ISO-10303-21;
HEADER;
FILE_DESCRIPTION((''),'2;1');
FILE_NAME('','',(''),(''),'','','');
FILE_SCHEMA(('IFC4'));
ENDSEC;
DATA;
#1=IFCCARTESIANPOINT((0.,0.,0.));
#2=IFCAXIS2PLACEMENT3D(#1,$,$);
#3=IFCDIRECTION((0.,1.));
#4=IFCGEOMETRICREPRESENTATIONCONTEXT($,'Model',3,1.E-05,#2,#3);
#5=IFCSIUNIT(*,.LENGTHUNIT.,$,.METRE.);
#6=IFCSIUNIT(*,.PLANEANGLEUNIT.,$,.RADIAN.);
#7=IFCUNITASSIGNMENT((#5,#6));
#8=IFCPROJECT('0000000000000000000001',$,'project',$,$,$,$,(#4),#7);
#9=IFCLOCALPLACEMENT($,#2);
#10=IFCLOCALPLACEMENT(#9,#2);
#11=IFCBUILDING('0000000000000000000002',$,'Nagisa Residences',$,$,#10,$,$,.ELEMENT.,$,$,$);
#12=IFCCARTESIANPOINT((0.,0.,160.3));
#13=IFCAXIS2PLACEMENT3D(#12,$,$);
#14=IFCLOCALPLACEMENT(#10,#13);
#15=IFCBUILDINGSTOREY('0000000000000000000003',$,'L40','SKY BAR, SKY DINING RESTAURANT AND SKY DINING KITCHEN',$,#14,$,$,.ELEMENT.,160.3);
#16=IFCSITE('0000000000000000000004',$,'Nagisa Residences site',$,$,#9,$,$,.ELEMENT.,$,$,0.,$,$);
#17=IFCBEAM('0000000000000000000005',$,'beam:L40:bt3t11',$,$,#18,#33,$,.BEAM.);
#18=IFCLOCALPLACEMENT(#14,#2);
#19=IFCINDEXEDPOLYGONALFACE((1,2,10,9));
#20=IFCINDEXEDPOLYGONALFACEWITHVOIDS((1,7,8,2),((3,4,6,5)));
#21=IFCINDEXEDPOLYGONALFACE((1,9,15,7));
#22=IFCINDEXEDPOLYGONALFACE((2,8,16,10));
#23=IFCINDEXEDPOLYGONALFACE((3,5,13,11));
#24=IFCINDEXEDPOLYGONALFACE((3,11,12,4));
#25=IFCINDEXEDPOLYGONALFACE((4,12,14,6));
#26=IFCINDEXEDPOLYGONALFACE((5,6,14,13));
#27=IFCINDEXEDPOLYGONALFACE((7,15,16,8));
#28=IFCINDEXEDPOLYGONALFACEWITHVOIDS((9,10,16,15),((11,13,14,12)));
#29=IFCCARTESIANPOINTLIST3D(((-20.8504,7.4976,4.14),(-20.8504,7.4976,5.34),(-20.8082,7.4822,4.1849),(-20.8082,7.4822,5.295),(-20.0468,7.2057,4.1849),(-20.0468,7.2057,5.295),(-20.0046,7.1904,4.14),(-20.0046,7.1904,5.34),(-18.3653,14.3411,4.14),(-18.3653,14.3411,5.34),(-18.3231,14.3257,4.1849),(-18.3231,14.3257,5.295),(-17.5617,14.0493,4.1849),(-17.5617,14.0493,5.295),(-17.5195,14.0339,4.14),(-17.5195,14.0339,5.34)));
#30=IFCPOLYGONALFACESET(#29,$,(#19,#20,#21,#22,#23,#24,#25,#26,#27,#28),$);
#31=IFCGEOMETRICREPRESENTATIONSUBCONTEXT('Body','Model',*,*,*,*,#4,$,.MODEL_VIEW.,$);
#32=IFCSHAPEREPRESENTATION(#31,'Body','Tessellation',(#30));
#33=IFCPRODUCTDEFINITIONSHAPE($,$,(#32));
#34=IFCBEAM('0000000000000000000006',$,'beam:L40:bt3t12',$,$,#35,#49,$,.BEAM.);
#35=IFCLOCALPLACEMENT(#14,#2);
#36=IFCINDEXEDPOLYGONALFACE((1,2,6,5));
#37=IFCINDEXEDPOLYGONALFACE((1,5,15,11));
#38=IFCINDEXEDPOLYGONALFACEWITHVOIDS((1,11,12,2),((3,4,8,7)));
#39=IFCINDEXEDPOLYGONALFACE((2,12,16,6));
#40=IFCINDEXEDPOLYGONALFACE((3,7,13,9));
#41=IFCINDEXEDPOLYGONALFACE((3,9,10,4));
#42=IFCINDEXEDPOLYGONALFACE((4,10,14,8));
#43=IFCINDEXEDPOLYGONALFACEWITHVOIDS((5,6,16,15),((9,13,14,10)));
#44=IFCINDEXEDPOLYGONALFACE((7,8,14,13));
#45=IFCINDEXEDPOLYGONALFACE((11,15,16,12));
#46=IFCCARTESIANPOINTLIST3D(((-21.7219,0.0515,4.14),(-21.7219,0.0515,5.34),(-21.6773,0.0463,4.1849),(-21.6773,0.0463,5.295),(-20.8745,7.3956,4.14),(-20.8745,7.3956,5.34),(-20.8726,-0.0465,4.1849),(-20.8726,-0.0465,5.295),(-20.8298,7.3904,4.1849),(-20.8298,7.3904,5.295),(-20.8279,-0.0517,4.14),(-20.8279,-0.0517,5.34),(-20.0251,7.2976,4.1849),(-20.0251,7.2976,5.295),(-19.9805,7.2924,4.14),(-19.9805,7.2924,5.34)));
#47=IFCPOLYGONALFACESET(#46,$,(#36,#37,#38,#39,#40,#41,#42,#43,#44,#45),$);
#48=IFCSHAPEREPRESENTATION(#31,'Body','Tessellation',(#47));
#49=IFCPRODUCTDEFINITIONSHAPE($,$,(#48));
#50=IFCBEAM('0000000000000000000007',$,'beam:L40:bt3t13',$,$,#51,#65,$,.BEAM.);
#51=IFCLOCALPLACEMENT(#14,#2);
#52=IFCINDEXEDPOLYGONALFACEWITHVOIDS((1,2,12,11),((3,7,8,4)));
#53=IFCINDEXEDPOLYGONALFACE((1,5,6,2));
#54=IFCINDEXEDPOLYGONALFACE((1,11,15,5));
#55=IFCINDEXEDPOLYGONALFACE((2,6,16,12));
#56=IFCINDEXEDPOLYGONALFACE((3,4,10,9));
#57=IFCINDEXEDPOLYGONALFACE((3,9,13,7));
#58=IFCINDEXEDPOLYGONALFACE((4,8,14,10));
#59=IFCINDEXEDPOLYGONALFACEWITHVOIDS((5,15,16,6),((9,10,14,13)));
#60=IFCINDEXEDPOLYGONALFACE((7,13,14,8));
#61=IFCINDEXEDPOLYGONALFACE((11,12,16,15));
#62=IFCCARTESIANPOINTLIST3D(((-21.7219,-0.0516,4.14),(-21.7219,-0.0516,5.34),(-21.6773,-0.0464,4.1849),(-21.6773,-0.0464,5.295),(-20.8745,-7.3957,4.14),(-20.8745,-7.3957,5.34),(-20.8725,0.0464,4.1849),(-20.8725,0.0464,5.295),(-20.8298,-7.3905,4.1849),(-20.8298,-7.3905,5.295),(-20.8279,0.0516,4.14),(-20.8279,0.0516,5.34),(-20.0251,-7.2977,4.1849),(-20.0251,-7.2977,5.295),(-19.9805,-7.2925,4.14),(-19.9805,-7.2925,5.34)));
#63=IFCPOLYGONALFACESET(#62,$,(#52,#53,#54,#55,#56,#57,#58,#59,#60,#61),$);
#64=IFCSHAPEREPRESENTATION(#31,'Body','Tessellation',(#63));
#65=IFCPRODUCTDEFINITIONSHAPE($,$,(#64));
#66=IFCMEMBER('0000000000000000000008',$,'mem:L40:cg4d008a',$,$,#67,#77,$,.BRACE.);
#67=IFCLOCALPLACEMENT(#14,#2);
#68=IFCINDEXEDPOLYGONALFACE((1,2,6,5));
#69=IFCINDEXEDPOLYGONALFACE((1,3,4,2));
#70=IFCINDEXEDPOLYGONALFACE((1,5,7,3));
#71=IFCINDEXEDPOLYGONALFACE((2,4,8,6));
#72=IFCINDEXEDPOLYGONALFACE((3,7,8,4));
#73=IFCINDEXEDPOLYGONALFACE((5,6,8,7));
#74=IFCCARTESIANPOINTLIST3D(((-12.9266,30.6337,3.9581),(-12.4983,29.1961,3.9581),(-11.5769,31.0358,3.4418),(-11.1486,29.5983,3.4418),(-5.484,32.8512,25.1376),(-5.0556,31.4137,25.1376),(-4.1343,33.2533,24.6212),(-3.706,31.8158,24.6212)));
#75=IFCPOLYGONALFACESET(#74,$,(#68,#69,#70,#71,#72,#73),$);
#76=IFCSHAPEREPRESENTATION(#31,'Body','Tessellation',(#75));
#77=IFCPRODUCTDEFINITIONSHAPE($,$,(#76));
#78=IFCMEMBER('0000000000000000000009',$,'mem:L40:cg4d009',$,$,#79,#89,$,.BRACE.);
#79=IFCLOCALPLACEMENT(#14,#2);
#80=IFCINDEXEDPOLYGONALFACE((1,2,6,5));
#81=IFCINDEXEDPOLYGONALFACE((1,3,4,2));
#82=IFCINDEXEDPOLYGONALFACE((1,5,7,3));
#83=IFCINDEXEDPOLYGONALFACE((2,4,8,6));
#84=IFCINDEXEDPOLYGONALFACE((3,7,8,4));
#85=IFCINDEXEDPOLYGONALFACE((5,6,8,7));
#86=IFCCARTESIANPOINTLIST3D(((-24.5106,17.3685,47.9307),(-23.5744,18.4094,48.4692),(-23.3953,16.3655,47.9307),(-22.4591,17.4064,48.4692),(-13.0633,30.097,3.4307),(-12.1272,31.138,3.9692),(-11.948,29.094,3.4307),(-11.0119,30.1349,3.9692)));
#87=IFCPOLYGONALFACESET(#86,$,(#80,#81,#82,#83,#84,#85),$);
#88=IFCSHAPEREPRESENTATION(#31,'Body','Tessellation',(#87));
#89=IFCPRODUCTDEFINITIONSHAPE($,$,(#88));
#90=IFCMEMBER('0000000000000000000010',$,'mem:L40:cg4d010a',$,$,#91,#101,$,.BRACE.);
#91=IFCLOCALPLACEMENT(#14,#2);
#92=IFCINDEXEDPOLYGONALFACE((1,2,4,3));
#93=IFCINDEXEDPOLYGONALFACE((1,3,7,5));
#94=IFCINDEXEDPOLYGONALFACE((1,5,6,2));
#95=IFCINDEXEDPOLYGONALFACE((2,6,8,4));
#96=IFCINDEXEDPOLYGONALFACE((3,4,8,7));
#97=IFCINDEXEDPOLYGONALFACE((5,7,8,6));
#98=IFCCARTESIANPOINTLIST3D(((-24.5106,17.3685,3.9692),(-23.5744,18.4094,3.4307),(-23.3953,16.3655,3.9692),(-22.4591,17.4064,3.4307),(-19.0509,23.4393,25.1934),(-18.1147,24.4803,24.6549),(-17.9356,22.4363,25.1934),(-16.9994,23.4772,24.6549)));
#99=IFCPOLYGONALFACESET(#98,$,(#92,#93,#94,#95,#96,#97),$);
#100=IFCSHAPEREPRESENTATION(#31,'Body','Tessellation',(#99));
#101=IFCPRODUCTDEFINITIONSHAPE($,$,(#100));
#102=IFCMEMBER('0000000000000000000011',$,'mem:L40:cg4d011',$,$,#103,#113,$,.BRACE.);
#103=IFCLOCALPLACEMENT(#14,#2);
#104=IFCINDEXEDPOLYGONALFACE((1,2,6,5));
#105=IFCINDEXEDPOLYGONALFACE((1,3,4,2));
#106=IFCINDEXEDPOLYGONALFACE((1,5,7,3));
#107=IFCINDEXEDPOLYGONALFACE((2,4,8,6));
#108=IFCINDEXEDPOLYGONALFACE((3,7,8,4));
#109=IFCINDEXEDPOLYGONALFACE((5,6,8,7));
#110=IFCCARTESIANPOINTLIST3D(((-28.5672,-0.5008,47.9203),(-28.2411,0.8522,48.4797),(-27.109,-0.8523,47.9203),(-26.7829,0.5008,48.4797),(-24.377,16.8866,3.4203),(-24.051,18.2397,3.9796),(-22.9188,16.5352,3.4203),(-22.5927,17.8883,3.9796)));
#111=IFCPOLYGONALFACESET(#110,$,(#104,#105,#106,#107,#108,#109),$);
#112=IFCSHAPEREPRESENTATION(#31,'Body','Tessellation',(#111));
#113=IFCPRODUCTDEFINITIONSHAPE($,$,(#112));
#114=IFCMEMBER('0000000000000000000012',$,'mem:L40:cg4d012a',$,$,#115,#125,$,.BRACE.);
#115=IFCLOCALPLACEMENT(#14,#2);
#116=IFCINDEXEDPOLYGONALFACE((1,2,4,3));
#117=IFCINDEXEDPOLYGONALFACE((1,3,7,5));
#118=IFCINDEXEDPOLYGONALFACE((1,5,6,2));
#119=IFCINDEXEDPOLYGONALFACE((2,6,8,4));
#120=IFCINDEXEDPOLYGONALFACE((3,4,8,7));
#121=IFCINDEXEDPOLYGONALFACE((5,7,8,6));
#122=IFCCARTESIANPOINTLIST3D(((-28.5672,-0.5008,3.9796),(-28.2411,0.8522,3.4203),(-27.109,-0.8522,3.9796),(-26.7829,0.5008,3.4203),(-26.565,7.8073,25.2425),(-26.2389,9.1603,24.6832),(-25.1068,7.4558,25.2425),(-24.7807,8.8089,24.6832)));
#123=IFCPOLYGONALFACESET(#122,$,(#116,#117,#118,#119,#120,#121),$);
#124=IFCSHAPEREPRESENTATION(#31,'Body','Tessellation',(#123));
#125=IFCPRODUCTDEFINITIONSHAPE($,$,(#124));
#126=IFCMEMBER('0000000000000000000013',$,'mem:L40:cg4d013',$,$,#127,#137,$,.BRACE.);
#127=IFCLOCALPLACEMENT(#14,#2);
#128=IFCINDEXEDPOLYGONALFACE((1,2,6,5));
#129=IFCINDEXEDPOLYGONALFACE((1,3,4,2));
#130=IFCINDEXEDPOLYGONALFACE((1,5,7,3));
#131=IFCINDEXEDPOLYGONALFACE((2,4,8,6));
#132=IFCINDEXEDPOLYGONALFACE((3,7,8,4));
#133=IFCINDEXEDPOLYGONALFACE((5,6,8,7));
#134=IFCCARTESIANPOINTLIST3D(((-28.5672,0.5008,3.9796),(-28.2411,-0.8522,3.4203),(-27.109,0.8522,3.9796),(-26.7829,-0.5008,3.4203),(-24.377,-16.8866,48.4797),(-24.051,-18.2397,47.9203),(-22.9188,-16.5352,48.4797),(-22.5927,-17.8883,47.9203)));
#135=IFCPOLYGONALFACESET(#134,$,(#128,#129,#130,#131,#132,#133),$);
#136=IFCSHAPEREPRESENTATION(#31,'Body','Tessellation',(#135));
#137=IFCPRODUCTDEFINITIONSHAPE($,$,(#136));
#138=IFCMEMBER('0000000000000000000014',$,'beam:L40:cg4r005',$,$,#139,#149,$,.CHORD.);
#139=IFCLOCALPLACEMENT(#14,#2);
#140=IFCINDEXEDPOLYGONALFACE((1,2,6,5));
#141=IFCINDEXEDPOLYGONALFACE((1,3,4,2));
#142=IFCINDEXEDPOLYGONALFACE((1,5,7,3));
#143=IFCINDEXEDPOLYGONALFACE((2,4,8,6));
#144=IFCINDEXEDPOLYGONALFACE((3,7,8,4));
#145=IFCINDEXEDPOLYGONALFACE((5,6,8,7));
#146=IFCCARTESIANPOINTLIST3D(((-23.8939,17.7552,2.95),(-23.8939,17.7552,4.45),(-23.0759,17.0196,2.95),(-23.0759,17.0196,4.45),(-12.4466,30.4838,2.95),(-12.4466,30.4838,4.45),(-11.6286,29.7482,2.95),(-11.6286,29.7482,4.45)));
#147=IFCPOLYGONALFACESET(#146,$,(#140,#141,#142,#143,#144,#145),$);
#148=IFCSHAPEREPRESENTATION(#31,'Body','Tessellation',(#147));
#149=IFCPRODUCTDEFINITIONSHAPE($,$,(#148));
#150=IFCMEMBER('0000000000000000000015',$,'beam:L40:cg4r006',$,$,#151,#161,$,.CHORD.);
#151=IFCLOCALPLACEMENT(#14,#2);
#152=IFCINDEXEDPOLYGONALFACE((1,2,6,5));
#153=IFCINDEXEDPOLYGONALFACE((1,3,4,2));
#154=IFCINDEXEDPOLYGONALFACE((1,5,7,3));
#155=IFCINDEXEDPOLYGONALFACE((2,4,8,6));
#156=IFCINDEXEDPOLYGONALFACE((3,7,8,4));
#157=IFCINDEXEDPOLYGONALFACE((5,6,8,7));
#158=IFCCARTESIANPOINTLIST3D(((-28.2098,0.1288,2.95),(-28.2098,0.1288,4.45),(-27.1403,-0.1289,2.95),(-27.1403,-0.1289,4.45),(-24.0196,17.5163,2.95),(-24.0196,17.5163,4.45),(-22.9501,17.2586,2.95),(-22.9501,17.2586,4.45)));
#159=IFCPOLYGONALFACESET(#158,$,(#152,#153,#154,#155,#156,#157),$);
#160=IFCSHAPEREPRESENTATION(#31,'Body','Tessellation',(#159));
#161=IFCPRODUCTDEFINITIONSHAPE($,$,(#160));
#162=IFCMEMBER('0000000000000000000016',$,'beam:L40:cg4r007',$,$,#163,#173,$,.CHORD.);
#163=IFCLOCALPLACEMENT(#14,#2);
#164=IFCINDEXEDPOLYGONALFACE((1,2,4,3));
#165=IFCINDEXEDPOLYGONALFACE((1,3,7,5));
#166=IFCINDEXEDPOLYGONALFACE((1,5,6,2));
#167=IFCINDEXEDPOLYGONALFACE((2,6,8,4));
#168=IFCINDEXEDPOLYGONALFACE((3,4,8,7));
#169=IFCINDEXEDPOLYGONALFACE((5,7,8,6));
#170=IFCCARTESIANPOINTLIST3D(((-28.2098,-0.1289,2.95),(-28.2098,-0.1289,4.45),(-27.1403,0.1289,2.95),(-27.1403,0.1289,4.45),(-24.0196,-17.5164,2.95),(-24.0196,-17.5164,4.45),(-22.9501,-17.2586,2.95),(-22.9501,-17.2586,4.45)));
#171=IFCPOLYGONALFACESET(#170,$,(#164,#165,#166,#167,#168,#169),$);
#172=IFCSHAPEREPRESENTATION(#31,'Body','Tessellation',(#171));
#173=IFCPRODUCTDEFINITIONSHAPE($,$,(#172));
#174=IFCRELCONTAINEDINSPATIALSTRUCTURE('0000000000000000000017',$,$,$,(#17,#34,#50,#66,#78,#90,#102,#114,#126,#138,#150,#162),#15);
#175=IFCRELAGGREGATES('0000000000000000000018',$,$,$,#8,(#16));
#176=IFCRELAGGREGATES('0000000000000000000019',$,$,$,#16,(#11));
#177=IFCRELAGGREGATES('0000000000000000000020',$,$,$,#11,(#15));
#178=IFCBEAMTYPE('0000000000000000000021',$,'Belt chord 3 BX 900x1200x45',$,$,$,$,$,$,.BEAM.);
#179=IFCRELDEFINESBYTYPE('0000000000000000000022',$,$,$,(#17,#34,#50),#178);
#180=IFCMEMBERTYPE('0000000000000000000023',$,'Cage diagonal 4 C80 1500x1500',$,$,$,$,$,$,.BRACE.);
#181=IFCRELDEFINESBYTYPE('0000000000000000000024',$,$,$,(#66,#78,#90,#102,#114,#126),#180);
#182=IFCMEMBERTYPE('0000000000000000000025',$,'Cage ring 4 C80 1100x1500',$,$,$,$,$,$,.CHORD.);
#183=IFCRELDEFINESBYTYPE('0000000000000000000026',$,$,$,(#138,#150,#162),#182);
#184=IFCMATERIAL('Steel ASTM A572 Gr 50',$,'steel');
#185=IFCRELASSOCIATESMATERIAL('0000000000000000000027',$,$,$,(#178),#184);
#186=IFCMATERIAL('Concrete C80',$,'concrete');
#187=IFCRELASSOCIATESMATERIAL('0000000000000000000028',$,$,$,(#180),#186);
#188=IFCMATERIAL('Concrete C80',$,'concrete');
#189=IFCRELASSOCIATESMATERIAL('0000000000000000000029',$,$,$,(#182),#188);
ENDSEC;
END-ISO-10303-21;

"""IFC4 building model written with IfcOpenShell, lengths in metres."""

from ifc_helpers import new_model, si_unit, direction, frame, origin, origin_2d, place, context, subcontext, project, spatial, rectangle, hollow_rectangle, extrude, material, material_profile, profile_set, type_object, element, save


model = new_model("IFC4")

# Units and contexts
model_context = context("Model", 3, precision=1e-05, world=origin(), true_north=direction((0.0, 1.0)))
body_context = subcontext(model_context, "Body", "Model", "MODEL_VIEW")
ifc_project = project(units=[si_unit("LENGTHUNIT", "METRE"), si_unit("PLANEANGLEUNIT", "RADIAN")], contexts=[model_context])

# Site, building, storey
site_placement = place(None, origin())
site = spatial("IfcSite", under=ifc_project, at=site_placement, Name="Nagisa Residences site", CompositionType="ELEMENT", RefElevation=0.0)
building_placement = place(site_placement, origin())
building = spatial("IfcBuilding", under=site, at=building_placement, Name="Nagisa Residences", CompositionType="ELEMENT")
storey_placement = place(building_placement, frame((0.0, 0.0, 160.3)))
storey = spatial("IfcBuildingStorey", under=building, at=storey_placement, Name="L40", Description="SKY BAR, SKY DINING RESTAURANT AND SKY DINING KITCHEN", CompositionType="ELEMENT", Elevation=160.3)

# Beams
ifc_material_1 = material(Name="Steel ASTM A572 Gr 50", Category="steel")
ifc_material_profile_1 = material_profile(ifc_material_1, hollow_rectangle(XDim=0.8999, YDim=1.2, WallThickness=0.0449, at=origin_2d()), Name="BX 900x1200x45")
ifc_profile_set_1 = profile_set([ifc_material_profile_1], Name="Steel ASTM A572 Gr 50")
beam_type = type_object("IfcBeamType", Name="Belt chord 3 BX 900x1200x45", PredefinedType="BEAM", material=ifc_profile_set_1)
beam_placement = place(storey_placement, frame((-17.9424, 14.1875, 4.74), z_axis=(-0.341326, -0.939945, 0.0), x_axis=(0.939945, -0.341326, 0.0)))
element("IfcBeam", 1, at=beam_placement, inside=storey, type_object=beam_type, Name="beam:L40:bt3t11", PredefinedType="BEAM", context=body_context, shape_type="SweptSolid", body=[
    extrude(hollow_rectangle(XDim=0.8999, YDim=1.2, WallThickness=0.0449, at=origin_2d()), origin(), (0.0, 0.0, 1.0), 7.2808),
])
for number, where, z_axis, x_axis, name in (
    (2, (-20.4275, 7.344, 4.74), (-0.114628, -0.993409, 0.0), (0.993409, -0.114628, 0.0), "beam:L40:bt3t12"),
    (3, (-21.2749, 0.0, 4.74), (0.114628, -0.993409, 0.0), (0.993409, 0.114628, 0.0), "beam:L40:bt3t13"),
):
    element("IfcBeam", number, at=place(storey_placement, frame(where, z_axis=z_axis, x_axis=x_axis)), inside=storey, type_object=beam_type, Name=name, PredefinedType="BEAM", context=body_context, shape_type="SweptSolid", body=[
        extrude(hollow_rectangle(XDim=0.8999, YDim=1.2, WallThickness=0.0449, at=origin_2d()), origin(), (0.0, 0.0, 1.0), 7.3928),
    ])

# Members
ifc_material_2 = material(Name="Concrete C80", Category="concrete")
ifc_material_profile_2 = material_profile(ifc_material_2, rectangle(XDim=1.5, YDim=1.5, at=origin_2d()), Name="C80 1500x1500")
ifc_profile_set_2 = profile_set([ifc_material_profile_2], Name="Concrete C80")
member_type_1 = type_object("IfcMemberType", Name="Cage diagonal 4 C80 1500x1500", PredefinedType="BRACE", material=ifc_profile_set_2)
member_1_placement = place(storey_placement, frame((-12.0376, 30.116, 3.7), z_axis=(0.329928, 0.098302, 0.938874), x_axis=(-0.285545, 0.958365, 0.0)))
element("IfcMember", 4, at=member_1_placement, inside=storey, type_object=member_type_1, Name="mem:L40:cg4d008a", PredefinedType="BRACE", context=body_context, shape_type="SweptSolid", body=[
    extrude(rectangle(XDim=1.5, YDim=1.5, at=origin_2d()), origin(), (0.0, 0.0, 1.0), 22.5583),
])
member_2_placement = place(storey_placement, frame((-12.0376, 30.116, 3.7), z_axis=(-0.240089, -0.266962, 0.933321), x_axis=(0.743538, -0.668694, 0.0)))
element("IfcMember", 5, at=member_2_placement, inside=storey, type_object=member_type_1, Name="mem:L40:cg4d009", PredefinedType="BRACE", context=body_context, shape_type="SweptSolid", body=[
    extrude(rectangle(XDim=1.5, YDim=1.5, at=origin_2d()), origin(), (0.0, 0.0, 1.0), 47.6792),
])
member_3_placement = place(storey_placement, frame((-23.4849, 17.3875, 3.7), z_axis=(0.240089, 0.266961, 0.933322), x_axis=(-0.743538, 0.668694, 0.0)))
element("IfcMember", 6, at=member_3_placement, inside=storey, type_object=member_type_1, Name="mem:L40:cg4d010a", PredefinedType="BRACE", context=body_context, shape_type="SweptSolid", body=[
    extrude(rectangle(XDim=1.5, YDim=1.5, at=origin_2d()), origin(), (0.0, 0.0, 1.0), 22.7405),
])
member_4_placement = place(storey_placement, frame((-23.4849, 17.3875, 3.7), z_axis=(-0.087369, -0.362543, 0.927863), x_axis=(0.972169, -0.234282, 0.0)))
element("IfcMember", 7, at=member_4_placement, inside=storey, type_object=member_type_1, Name="mem:L40:cg4d011", PredefinedType="BRACE", context=body_context, shape_type="SweptSolid", body=[
    extrude(rectangle(XDim=1.5, YDim=1.5, at=origin_2d()), origin(), (0.0, 0.0, 1.0), 47.9597),
])
member_5_placement = place(storey_placement, frame((-27.675, 0.0, 3.7), z_axis=(0.087371, 0.362545, 0.927862), x_axis=(-0.972168, 0.234286, 0.0)))
element("IfcMember", 8, at=member_5_placement, inside=storey, type_object=member_type_1, Name="mem:L40:cg4d012a", PredefinedType="BRACE", context=body_context, shape_type="SweptSolid", body=[
    extrude(rectangle(XDim=1.5, YDim=1.5, at=origin_2d()), origin(), (0.0, 0.0, 1.0), 22.916),
])
member_6_placement = place(storey_placement, frame((-27.675, 0.0, 3.7), z_axis=(0.087369, -0.362543, 0.927863), x_axis=(0.972169, 0.234282, 0.0)))
element("IfcMember", 9, at=member_6_placement, inside=storey, type_object=member_type_1, Name="mem:L40:cg4d013", PredefinedType="BRACE", context=body_context, shape_type="SweptSolid", body=[
    extrude(rectangle(XDim=1.5, YDim=1.5, at=origin_2d()), origin(), (0.0, 0.0, 1.0), 47.9597),
])
ifc_material_3 = material(Name="Concrete C80", Category="concrete")
ifc_material_profile_3 = material_profile(ifc_material_3, rectangle(XDim=1.1001, YDim=1.5, at=origin_2d()), Name="C80 1100x1500")
ifc_profile_set_3 = profile_set([ifc_material_profile_3], Name="Concrete C80")
member_type_2 = type_object("IfcMemberType", Name="Cage ring 4 C80 1100x1500", PredefinedType="CHORD", material=ifc_profile_set_3)
member_7_placement = place(storey_placement, frame((-12.0376, 30.116, 3.7), z_axis=(-0.668694, -0.743538, 0.0), x_axis=(0.743538, -0.668694, 0.0)))
element("IfcMember", 10, at=member_7_placement, inside=storey, type_object=member_type_2, Name="beam:L40:cg4r005", PredefinedType="CHORD", context=body_context, shape_type="SweptSolid", body=[
    extrude(rectangle(XDim=1.1001, YDim=1.5, at=origin_2d()), origin(), (0.0, 0.0, 1.0), 17.1189),
])
for number, where, z_axis, x_axis, name in (
    (11, (-23.4849, 17.3875, 3.7), (-0.234282, -0.972169, 0.0), (0.972169, -0.234282, 0.0), "beam:L40:cg4r006"),
    (12, (-27.675, 0.0, 3.7), (0.234282, -0.972169, 0.0), (0.972169, 0.234282, 0.0), "beam:L40:cg4r007"),
):
    element("IfcMember", number, at=place(storey_placement, frame(where, z_axis=z_axis, x_axis=x_axis)), inside=storey, type_object=member_type_2, Name=name, PredefinedType="CHORD", context=body_context, shape_type="SweptSolid", body=[
        extrude(rectangle(XDim=1.1001, YDim=1.5, at=origin_2d()), origin(), (0.0, 0.0, 1.0), 17.8853),
    ])

save(model, "model.ifc")
